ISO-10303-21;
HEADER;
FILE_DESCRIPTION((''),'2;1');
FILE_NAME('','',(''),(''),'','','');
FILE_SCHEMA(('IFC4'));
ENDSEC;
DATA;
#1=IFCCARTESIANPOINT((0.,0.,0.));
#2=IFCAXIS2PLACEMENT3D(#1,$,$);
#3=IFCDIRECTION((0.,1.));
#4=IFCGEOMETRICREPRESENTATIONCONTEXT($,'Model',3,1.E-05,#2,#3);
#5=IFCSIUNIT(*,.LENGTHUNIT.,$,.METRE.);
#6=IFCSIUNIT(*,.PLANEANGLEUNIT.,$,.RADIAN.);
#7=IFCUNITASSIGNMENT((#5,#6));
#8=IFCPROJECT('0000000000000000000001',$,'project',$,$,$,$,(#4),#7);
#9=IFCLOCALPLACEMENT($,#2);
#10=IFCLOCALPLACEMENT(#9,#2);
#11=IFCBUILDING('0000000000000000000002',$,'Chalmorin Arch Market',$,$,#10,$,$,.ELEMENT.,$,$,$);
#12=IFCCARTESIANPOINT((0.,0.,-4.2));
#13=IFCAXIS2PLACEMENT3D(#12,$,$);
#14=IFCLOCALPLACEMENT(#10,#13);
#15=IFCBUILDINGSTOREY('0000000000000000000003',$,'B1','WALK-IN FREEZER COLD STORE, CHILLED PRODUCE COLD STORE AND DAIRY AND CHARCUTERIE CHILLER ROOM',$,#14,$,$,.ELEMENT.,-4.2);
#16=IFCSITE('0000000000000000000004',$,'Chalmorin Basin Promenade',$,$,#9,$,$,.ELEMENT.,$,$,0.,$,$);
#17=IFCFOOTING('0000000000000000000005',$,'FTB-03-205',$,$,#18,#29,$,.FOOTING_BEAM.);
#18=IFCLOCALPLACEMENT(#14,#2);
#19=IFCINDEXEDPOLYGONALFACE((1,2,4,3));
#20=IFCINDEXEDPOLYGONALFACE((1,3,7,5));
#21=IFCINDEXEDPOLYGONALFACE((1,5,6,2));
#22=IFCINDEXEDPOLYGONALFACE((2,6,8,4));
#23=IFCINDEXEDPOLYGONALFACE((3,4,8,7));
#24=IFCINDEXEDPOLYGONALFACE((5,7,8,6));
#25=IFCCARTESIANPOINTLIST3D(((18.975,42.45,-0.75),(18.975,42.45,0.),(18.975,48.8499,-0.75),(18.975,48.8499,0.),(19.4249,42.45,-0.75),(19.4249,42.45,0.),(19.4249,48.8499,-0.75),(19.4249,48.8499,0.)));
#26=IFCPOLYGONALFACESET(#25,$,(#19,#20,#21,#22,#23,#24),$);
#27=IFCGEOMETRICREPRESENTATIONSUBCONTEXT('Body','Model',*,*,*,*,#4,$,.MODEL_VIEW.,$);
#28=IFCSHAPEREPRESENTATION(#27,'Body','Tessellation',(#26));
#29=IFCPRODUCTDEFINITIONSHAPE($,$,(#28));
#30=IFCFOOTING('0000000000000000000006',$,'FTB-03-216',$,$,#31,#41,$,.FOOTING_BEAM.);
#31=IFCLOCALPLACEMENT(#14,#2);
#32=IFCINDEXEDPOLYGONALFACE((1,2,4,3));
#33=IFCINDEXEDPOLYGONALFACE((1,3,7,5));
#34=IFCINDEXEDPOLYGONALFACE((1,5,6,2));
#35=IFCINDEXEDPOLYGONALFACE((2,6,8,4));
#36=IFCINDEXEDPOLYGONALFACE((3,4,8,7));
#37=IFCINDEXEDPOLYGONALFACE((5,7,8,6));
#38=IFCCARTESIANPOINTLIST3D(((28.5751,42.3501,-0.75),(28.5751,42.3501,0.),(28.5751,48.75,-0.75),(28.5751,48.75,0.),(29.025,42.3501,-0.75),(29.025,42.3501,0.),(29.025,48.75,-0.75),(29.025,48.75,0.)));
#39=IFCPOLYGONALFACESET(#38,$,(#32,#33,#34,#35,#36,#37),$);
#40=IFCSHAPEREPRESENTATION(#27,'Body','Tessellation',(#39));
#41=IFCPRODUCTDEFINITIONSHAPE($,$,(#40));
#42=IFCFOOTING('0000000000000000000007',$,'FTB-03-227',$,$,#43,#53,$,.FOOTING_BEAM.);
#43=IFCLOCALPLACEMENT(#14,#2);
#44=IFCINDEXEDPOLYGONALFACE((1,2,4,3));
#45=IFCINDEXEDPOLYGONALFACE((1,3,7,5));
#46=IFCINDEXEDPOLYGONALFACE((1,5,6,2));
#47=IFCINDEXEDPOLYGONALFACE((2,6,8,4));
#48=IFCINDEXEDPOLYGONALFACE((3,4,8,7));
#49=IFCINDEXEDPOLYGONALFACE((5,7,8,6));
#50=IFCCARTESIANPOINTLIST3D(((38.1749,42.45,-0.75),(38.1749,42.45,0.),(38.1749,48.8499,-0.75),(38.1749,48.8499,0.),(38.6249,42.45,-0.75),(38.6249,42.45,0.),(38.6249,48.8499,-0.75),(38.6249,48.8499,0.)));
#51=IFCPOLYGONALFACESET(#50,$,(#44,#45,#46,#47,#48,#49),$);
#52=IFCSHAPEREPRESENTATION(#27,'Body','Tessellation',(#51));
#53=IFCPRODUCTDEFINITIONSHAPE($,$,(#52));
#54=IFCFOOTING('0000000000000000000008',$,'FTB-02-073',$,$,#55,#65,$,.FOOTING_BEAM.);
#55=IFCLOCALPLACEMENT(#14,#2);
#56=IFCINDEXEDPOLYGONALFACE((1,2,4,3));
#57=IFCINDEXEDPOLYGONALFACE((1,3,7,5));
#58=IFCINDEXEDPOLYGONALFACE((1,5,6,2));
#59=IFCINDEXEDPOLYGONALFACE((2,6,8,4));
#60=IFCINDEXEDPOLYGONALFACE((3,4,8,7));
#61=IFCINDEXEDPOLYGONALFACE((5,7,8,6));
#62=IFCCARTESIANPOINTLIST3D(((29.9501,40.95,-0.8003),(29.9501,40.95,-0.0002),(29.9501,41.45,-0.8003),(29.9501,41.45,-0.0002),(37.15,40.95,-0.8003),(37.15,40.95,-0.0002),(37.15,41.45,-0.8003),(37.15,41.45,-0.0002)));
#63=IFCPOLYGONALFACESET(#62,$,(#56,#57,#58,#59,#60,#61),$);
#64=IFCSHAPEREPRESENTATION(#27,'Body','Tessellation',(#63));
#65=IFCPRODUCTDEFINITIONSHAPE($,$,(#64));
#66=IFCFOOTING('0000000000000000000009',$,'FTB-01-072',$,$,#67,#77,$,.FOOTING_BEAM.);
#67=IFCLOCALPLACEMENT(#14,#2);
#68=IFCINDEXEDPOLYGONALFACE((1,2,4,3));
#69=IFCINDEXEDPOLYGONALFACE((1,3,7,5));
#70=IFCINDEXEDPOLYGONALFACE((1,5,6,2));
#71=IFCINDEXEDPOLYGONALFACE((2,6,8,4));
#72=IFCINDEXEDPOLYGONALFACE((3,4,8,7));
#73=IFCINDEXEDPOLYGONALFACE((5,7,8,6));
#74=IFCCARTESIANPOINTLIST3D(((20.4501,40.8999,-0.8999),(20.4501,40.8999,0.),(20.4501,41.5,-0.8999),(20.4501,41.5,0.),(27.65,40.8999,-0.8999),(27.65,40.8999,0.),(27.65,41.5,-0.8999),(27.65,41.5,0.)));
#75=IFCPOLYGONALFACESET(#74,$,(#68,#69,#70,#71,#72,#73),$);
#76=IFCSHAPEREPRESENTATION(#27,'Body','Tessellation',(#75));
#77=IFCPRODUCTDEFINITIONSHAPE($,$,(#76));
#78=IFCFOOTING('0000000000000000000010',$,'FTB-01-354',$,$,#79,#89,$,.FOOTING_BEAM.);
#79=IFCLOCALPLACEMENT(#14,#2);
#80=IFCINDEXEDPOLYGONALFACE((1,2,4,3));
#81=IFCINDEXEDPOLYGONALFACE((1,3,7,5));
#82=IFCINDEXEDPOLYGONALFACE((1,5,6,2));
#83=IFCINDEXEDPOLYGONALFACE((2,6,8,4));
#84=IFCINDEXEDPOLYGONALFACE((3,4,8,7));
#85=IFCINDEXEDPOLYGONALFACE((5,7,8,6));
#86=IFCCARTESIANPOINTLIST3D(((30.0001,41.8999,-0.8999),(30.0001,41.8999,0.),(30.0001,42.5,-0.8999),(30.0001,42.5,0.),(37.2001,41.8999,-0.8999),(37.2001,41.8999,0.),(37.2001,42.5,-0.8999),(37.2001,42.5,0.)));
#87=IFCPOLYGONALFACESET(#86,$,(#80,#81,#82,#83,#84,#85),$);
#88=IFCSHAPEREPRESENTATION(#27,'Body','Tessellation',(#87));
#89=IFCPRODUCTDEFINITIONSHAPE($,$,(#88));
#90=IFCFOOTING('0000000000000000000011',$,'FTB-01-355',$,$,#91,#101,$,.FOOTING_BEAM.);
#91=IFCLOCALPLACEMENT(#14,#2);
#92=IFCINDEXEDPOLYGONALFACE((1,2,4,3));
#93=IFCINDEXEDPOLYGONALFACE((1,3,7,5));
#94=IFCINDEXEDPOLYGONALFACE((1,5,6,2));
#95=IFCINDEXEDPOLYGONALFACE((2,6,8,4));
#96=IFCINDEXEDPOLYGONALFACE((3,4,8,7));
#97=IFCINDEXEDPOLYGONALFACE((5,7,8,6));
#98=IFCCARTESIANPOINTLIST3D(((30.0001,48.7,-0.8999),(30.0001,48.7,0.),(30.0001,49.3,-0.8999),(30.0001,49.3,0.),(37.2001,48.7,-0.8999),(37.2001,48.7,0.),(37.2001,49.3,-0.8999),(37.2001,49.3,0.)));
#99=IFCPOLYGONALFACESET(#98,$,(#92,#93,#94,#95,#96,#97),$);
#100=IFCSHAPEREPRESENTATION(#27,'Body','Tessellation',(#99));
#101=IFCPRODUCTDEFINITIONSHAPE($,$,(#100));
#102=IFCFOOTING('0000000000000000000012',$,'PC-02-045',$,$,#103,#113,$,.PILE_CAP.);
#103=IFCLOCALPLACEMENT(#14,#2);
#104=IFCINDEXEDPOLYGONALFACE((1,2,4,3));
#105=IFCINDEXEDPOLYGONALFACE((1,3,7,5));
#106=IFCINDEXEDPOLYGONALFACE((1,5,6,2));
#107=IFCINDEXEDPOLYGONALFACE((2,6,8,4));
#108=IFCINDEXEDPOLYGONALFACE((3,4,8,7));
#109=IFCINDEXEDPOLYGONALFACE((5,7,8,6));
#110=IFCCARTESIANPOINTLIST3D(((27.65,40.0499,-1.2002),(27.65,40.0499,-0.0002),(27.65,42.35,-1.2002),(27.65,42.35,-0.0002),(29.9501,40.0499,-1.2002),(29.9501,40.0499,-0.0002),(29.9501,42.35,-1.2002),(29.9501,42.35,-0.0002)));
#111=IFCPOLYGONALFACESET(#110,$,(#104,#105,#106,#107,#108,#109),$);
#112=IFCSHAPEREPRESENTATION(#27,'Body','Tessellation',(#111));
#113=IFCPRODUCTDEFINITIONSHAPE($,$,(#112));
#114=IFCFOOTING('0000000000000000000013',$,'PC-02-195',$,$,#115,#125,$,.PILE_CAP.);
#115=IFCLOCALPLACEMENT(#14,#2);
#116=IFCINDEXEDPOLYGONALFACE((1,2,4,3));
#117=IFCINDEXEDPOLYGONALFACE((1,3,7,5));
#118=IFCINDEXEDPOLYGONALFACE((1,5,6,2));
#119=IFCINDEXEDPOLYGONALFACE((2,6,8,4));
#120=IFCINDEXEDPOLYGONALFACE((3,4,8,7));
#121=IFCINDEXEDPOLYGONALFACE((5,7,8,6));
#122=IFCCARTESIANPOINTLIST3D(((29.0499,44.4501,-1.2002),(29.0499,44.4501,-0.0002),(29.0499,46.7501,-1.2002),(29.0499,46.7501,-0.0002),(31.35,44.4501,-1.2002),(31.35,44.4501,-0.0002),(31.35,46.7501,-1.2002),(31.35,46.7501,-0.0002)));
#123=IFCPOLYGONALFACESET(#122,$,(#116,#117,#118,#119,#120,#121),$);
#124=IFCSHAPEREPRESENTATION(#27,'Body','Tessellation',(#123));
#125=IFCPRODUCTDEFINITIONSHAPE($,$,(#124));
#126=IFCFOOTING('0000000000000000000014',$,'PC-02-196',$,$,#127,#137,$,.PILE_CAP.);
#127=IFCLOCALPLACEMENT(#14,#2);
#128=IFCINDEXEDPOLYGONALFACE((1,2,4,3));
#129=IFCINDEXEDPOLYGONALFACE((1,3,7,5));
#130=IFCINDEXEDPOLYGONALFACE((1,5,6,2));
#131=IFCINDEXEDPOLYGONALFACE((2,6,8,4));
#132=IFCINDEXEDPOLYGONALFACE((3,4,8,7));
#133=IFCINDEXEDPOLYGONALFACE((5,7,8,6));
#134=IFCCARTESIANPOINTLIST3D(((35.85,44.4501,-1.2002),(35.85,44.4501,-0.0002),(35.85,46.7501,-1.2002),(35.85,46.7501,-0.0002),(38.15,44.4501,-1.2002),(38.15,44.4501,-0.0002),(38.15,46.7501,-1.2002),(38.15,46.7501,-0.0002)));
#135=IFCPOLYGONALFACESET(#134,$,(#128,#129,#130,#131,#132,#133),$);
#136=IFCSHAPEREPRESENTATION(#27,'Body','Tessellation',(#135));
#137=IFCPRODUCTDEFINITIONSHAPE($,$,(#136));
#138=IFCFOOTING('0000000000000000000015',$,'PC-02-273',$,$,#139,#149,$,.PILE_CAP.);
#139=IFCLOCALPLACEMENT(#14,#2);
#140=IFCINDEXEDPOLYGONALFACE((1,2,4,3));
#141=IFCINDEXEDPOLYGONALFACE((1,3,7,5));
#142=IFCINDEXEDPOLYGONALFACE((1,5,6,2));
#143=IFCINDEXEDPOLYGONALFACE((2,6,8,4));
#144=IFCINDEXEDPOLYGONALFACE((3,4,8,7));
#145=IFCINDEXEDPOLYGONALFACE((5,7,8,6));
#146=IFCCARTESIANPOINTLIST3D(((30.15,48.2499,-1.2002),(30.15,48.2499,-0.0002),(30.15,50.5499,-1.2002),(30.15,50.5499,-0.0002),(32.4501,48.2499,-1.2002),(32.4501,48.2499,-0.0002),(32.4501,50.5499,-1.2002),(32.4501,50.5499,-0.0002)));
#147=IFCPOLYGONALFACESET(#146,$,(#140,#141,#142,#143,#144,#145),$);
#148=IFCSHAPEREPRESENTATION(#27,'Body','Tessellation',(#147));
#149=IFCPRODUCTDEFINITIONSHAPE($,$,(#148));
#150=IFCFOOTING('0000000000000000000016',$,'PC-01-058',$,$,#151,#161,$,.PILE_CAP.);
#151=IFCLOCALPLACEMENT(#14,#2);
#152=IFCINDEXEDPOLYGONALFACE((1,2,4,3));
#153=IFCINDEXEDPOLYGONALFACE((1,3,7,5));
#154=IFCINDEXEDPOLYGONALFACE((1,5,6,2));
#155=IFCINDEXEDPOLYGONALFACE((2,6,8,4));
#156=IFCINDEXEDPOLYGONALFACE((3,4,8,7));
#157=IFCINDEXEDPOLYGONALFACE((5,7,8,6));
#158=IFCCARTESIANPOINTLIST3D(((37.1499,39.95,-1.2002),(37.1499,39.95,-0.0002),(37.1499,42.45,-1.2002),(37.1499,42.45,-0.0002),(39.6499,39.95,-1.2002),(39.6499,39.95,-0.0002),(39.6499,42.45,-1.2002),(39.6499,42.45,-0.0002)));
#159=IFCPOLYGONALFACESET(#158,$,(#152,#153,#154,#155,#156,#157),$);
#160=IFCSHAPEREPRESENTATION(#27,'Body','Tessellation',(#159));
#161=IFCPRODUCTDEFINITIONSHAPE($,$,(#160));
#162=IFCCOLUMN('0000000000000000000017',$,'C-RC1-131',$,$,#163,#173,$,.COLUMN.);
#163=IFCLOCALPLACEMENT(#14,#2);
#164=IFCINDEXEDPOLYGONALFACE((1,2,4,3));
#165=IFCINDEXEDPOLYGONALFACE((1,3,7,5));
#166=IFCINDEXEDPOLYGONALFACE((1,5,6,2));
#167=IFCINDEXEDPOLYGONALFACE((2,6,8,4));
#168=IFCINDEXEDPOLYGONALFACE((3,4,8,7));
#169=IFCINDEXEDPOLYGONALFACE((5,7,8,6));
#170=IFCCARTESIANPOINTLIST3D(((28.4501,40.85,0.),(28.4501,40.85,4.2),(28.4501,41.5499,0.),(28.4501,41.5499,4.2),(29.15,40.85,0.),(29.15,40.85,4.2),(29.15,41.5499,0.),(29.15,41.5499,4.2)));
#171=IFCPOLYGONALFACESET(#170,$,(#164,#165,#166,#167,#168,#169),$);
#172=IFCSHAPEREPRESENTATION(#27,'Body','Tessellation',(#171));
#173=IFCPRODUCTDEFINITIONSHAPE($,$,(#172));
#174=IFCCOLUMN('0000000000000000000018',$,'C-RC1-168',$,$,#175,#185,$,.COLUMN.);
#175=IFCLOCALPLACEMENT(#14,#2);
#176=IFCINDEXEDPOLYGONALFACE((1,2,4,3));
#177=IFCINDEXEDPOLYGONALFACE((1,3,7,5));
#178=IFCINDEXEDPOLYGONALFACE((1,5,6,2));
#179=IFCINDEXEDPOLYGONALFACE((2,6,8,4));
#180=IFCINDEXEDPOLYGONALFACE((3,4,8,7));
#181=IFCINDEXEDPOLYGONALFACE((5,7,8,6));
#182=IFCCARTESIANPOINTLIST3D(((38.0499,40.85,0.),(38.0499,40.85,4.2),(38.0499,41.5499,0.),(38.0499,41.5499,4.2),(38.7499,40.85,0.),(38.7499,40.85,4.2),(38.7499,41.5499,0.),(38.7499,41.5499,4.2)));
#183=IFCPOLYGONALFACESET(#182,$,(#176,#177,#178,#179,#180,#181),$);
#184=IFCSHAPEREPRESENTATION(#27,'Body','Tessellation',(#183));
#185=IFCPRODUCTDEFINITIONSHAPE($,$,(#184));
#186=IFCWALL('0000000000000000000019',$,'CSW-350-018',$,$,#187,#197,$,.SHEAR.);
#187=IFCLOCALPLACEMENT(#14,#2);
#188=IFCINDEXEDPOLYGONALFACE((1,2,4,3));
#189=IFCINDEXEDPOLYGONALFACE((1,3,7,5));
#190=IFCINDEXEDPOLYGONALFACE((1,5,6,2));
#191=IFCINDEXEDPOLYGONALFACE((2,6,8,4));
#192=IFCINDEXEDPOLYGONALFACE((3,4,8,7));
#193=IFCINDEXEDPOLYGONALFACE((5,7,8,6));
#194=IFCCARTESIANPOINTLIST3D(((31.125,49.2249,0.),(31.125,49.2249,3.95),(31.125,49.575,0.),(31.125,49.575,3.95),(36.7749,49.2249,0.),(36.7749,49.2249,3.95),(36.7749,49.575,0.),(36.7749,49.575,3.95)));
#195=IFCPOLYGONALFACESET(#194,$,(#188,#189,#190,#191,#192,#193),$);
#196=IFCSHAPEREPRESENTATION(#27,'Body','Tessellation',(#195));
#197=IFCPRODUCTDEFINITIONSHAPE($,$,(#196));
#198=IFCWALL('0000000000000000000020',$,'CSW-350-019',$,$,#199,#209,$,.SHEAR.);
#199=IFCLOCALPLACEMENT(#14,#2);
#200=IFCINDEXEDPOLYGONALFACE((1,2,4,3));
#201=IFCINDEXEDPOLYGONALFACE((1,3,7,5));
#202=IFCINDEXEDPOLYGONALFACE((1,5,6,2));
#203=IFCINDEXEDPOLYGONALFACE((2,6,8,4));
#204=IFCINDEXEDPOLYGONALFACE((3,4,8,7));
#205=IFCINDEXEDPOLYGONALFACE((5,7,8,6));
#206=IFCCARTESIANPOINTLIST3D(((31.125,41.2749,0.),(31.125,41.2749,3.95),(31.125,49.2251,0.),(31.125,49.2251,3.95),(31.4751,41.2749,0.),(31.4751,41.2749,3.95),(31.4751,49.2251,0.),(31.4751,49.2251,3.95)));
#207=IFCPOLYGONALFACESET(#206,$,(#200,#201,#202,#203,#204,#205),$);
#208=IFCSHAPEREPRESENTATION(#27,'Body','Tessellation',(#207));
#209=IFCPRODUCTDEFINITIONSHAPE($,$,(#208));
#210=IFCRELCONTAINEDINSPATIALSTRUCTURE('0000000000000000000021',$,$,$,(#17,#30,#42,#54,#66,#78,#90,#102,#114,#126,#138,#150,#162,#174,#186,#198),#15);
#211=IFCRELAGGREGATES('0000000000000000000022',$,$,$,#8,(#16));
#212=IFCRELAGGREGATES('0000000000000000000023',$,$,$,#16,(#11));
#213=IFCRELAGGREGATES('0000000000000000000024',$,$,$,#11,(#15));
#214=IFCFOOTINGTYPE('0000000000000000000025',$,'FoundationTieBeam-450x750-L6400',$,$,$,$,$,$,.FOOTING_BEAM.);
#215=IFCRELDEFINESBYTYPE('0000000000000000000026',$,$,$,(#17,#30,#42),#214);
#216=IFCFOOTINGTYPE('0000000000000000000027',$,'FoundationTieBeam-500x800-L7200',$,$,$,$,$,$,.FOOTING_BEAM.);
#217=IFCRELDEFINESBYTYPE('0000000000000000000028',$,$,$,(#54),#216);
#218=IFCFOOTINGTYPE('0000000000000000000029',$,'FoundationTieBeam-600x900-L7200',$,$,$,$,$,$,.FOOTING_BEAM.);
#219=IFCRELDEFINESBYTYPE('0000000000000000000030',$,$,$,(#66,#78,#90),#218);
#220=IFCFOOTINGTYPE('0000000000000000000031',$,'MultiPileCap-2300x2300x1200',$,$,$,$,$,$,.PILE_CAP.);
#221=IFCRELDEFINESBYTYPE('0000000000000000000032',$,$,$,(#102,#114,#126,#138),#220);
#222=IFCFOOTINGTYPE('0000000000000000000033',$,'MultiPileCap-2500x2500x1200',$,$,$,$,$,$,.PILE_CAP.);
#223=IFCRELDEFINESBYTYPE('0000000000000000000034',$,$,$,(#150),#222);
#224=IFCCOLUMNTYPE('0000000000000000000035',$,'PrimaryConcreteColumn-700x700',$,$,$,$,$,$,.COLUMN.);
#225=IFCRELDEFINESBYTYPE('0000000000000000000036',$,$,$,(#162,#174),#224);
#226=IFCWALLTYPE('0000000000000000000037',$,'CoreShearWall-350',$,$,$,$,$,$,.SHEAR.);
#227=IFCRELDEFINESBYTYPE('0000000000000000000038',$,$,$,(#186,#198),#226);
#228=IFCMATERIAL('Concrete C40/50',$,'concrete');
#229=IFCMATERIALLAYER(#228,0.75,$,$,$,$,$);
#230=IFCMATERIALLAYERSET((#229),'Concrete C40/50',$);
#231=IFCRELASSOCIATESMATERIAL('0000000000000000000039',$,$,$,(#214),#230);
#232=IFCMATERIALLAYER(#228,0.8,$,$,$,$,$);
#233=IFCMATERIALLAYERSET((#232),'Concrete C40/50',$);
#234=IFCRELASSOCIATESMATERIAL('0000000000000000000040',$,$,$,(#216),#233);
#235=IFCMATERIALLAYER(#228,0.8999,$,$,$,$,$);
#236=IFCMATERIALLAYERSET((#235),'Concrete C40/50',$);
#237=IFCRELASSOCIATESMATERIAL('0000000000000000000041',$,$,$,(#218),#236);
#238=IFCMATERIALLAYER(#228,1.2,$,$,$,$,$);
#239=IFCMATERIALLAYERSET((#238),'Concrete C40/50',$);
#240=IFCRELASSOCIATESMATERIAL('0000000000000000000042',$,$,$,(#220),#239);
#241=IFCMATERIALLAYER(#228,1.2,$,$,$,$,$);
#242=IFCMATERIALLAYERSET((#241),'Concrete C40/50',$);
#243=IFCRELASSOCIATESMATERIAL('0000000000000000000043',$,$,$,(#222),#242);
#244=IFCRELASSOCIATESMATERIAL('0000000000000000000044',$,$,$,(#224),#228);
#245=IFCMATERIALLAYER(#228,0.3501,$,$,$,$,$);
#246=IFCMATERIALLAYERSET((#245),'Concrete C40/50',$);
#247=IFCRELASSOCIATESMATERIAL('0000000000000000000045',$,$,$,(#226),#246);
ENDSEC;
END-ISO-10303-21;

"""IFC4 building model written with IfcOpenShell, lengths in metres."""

from ifc_helpers import new_model, si_unit, direction, frame, frame_2d, origin, origin_2d, place, context, subcontext, project, spatial, rectangle, extrude, material, layer, layer_set, material_profile, profile_set, type_object, element, save


model = new_model("IFC4")

# Units and contexts
model_context = context("Model", 3, precision=1e-05, world=origin(), true_north=direction((0.0, 1.0)))
body_context = subcontext(model_context, "Body", "Model", "MODEL_VIEW")
ifc_project = project(units=[si_unit("LENGTHUNIT", "METRE"), si_unit("PLANEANGLEUNIT", "RADIAN")], contexts=[model_context])

# Site, building, storey
site_placement = place(None, origin())
site = spatial("IfcSite", under=ifc_project, at=site_placement, Name="Chalmorin Basin Promenade", CompositionType="ELEMENT", RefElevation=0.0)
building_placement = place(site_placement, origin())
building = spatial("IfcBuilding", under=site, at=building_placement, Name="Chalmorin Arch Market", CompositionType="ELEMENT")
storey_placement = place(building_placement, frame((0.0, 0.0, -4.2)))
storey = spatial("IfcBuildingStorey", under=building, at=storey_placement, Name="B1", Description="WALK-IN FREEZER COLD STORE, CHILLED PRODUCE COLD STORE AND DAIRY AND CHARCUTERIE CHILLER ROOM", CompositionType="ELEMENT", Elevation=-4.2)

# Footings
ifc_material_1 = material(Name="Concrete C40/50", Category="concrete")
ifc_layer_1 = layer(ifc_material_1, 0.75)
ifc_layer_set_1 = layer_set([ifc_layer_1], Name="Concrete C40/50")
footing_type_1 = type_object("IfcFootingType", Name="FoundationTieBeam-450x750-L6400", PredefinedType="FOOTING_BEAM", material=ifc_layer_set_1)
for number, where, z_axis, x_axis, name in (
    (1, (19.2, 45.6499, -0.75), (0.0, 0.0, 1.0), (0.0, 1.0, 0.0), "FTB-03-205"),
    (2, (28.8, 45.55, -0.75), (0.0, 0.0, 1.0), (0.0, 1.0, 0.0), "FTB-03-216"),
    (3, (38.3999, 45.6499, -0.75), (0.0, 0.0, 1.0), (0.0, 1.0, 0.0), "FTB-03-227"),
):
    element("IfcFooting", number, at=place(storey_placement, frame(where, z_axis=z_axis, x_axis=x_axis)), inside=storey, type_object=footing_type_1, Name=name, PredefinedType="FOOTING_BEAM", context=body_context, shape_type="SweptSolid", body=[
        extrude(rectangle(XDim=6.3999, YDim=0.45, at=origin_2d()), origin(), (0.0, 0.0, 1.0), 0.75),
    ])
ifc_layer_2 = layer(ifc_material_1, 0.8)
ifc_layer_set_2 = layer_set([ifc_layer_2], Name="Concrete C40/50")
footing_type_2 = type_object("IfcFootingType", Name="FoundationTieBeam-500x800-L7200", PredefinedType="FOOTING_BEAM", material=ifc_layer_set_2)
footing_1_placement = place(storey_placement, frame((33.55, 41.2, -0.8003), z_axis=(0.0, 0.0, 1.0), x_axis=(1.0, 0.0, 0.0)))
element("IfcFooting", 4, at=footing_1_placement, inside=storey, type_object=footing_type_2, Name="FTB-02-073", PredefinedType="FOOTING_BEAM", context=body_context, shape_type="SweptSolid", body=[
    extrude(rectangle(XDim=7.2, YDim=0.5, at=origin_2d()), origin(), (0.0, 0.0, 1.0), 0.8),
])
ifc_layer_3 = layer(ifc_material_1, 0.8999)
ifc_layer_set_3 = layer_set([ifc_layer_3], Name="Concrete C40/50")
footing_type_3 = type_object("IfcFootingType", Name="FoundationTieBeam-600x900-L7200", PredefinedType="FOOTING_BEAM", material=ifc_layer_set_3)
for number, where, z_axis, x_axis, name in (
    (5, (24.05, 41.2, -0.8999), (0.0, 0.0, 1.0), (1.0, 0.0, 0.0), "FTB-01-072"),
    (6, (33.6001, 42.2, -0.8999), (0.0, 0.0, 1.0), (1.0, 0.0, 0.0), "FTB-01-354"),
    (7, (33.6001, 49.0, -0.8999), (0.0, 0.0, 1.0), (1.0, 0.0, 0.0), "FTB-01-355"),
):
    element("IfcFooting", number, at=place(storey_placement, frame(where, z_axis=z_axis, x_axis=x_axis)), inside=storey, type_object=footing_type_3, Name=name, PredefinedType="FOOTING_BEAM", context=body_context, shape_type="SweptSolid", body=[
        extrude(rectangle(XDim=7.2, YDim=0.6001, at=origin_2d()), origin(), (0.0, 0.0, 1.0), 0.8999),
    ])
ifc_layer_4 = layer(ifc_material_1, 1.2)
ifc_layer_set_4 = layer_set([ifc_layer_4], Name="Concrete C40/50")
footing_type_4 = type_object("IfcFootingType", Name="MultiPileCap-2300x2300x1200", PredefinedType="PILE_CAP", material=ifc_layer_set_4)
for number, where, z_axis, x_axis, name in (
    (8, (28.8, 41.2, -1.2002), (0.0, 0.0, 1.0), (1.0, 0.0, 0.0), "PC-02-045"),
    (9, (30.2, 45.6001, -1.2002), (0.0, 0.0, 1.0), (1.0, 0.0, 0.0), "PC-02-195"),
    (10, (37.0, 45.6001, -1.2002), (0.0, 0.0, 1.0), (1.0, 0.0, 0.0), "PC-02-196"),
    (11, (31.3, 49.3999, -1.2002), (0.0, 0.0, 1.0), (1.0, 0.0, 0.0), "PC-02-273"),
):
    element("IfcFooting", number, at=place(storey_placement, frame(where, z_axis=z_axis, x_axis=x_axis)), inside=storey, type_object=footing_type_4, Name=name, PredefinedType="PILE_CAP", context=body_context, shape_type="SweptSolid", body=[
        extrude(rectangle(XDim=2.3, YDim=2.3, at=origin_2d()), origin(), (0.0, 0.0, 1.0), 1.2),
    ])
ifc_layer_5 = layer(ifc_material_1, 1.2)
ifc_layer_set_5 = layer_set([ifc_layer_5], Name="Concrete C40/50")
footing_type_5 = type_object("IfcFootingType", Name="MultiPileCap-2500x2500x1200", PredefinedType="PILE_CAP", material=ifc_layer_set_5)
footing_2_placement = place(storey_placement, frame((38.3999, 41.2, -1.2002), z_axis=(0.0, 0.0, 1.0), x_axis=(1.0, 0.0, 0.0)))
element("IfcFooting", 12, at=footing_2_placement, inside=storey, type_object=footing_type_5, Name="PC-01-058", PredefinedType="PILE_CAP", context=body_context, shape_type="SweptSolid", body=[
    extrude(rectangle(XDim=2.5, YDim=2.5, at=origin_2d()), origin(), (0.0, 0.0, 1.0), 1.2),
])

# Columns
ifc_material_profile_1 = material_profile(ifc_material_1, rectangle(XDim=0.7, YDim=0.7, at=origin_2d()), Name="RC700X700")
ifc_profile_set_1 = profile_set([ifc_material_profile_1], Name="Concrete C40/50")
column_type = type_object("IfcColumnType", Name="PrimaryConcreteColumn-700x700", PredefinedType="COLUMN", material=ifc_profile_set_1)
for number, where, z_axis, x_axis, name in (
    (13, (28.8, 41.2, 0.0), (0.0, 0.0, 1.0), (1.0, 0.0, 0.0), "C-RC1-131"),
    (14, (38.3999, 41.2, 0.0), (0.0, 0.0, 1.0), (1.0, 0.0, 0.0), "C-RC1-168"),
):
    element("IfcColumn", number, at=place(storey_placement, frame(where, z_axis=z_axis, x_axis=x_axis)), inside=storey, type_object=column_type, Name=name, PredefinedType="COLUMN", context=body_context, shape_type="SweptSolid", body=[
        extrude(rectangle(XDim=0.7, YDim=0.7, at=origin_2d()), origin(), (0.0, 0.0, 1.0), 4.2),
    ])

# Walls
ifc_layer_6 = layer(ifc_material_1, 0.3501)
ifc_layer_set_6 = layer_set([ifc_layer_6], Name="Concrete C40/50")
wall_type = type_object("IfcWallType", Name="CoreShearWall-350", PredefinedType="SHEAR", material=ifc_layer_set_6)
wall_placement = place(storey_placement, frame((31.125, 49.3999, 0.0), z_axis=(0.0, 0.0, 1.0), x_axis=(1.0, 0.0, 0.0)))
element("IfcWall", 15, at=wall_placement, inside=storey, type_object=wall_type, Name="CSW-350-018", PredefinedType="SHEAR", context=body_context, shape_type="SweptSolid", body=[
    extrude(rectangle(XDim=5.6499, YDim=0.3501, at=frame_2d((2.825, 0.0))), origin(), (0.0, 0.0, 1.0), 3.95),
])
for number, where, z_axis, x_axis, name in (
    (16, (31.3, 41.2749, 0.0), (0.0, 0.0, 1.0), (0.0, 1.0, 0.0), "CSW-350-019"),
):
    element("IfcWall", number, at=place(storey_placement, frame(where, z_axis=z_axis, x_axis=x_axis)), inside=storey, type_object=wall_type, Name=name, PredefinedType="SHEAR", context=body_context, shape_type="SweptSolid", body=[
        extrude(rectangle(XDim=7.9502, YDim=0.3501, at=frame_2d((3.9751, 0.0))), origin(), (0.0, 0.0, 1.0), 3.95),
    ])

save(model, "model.ifc")
